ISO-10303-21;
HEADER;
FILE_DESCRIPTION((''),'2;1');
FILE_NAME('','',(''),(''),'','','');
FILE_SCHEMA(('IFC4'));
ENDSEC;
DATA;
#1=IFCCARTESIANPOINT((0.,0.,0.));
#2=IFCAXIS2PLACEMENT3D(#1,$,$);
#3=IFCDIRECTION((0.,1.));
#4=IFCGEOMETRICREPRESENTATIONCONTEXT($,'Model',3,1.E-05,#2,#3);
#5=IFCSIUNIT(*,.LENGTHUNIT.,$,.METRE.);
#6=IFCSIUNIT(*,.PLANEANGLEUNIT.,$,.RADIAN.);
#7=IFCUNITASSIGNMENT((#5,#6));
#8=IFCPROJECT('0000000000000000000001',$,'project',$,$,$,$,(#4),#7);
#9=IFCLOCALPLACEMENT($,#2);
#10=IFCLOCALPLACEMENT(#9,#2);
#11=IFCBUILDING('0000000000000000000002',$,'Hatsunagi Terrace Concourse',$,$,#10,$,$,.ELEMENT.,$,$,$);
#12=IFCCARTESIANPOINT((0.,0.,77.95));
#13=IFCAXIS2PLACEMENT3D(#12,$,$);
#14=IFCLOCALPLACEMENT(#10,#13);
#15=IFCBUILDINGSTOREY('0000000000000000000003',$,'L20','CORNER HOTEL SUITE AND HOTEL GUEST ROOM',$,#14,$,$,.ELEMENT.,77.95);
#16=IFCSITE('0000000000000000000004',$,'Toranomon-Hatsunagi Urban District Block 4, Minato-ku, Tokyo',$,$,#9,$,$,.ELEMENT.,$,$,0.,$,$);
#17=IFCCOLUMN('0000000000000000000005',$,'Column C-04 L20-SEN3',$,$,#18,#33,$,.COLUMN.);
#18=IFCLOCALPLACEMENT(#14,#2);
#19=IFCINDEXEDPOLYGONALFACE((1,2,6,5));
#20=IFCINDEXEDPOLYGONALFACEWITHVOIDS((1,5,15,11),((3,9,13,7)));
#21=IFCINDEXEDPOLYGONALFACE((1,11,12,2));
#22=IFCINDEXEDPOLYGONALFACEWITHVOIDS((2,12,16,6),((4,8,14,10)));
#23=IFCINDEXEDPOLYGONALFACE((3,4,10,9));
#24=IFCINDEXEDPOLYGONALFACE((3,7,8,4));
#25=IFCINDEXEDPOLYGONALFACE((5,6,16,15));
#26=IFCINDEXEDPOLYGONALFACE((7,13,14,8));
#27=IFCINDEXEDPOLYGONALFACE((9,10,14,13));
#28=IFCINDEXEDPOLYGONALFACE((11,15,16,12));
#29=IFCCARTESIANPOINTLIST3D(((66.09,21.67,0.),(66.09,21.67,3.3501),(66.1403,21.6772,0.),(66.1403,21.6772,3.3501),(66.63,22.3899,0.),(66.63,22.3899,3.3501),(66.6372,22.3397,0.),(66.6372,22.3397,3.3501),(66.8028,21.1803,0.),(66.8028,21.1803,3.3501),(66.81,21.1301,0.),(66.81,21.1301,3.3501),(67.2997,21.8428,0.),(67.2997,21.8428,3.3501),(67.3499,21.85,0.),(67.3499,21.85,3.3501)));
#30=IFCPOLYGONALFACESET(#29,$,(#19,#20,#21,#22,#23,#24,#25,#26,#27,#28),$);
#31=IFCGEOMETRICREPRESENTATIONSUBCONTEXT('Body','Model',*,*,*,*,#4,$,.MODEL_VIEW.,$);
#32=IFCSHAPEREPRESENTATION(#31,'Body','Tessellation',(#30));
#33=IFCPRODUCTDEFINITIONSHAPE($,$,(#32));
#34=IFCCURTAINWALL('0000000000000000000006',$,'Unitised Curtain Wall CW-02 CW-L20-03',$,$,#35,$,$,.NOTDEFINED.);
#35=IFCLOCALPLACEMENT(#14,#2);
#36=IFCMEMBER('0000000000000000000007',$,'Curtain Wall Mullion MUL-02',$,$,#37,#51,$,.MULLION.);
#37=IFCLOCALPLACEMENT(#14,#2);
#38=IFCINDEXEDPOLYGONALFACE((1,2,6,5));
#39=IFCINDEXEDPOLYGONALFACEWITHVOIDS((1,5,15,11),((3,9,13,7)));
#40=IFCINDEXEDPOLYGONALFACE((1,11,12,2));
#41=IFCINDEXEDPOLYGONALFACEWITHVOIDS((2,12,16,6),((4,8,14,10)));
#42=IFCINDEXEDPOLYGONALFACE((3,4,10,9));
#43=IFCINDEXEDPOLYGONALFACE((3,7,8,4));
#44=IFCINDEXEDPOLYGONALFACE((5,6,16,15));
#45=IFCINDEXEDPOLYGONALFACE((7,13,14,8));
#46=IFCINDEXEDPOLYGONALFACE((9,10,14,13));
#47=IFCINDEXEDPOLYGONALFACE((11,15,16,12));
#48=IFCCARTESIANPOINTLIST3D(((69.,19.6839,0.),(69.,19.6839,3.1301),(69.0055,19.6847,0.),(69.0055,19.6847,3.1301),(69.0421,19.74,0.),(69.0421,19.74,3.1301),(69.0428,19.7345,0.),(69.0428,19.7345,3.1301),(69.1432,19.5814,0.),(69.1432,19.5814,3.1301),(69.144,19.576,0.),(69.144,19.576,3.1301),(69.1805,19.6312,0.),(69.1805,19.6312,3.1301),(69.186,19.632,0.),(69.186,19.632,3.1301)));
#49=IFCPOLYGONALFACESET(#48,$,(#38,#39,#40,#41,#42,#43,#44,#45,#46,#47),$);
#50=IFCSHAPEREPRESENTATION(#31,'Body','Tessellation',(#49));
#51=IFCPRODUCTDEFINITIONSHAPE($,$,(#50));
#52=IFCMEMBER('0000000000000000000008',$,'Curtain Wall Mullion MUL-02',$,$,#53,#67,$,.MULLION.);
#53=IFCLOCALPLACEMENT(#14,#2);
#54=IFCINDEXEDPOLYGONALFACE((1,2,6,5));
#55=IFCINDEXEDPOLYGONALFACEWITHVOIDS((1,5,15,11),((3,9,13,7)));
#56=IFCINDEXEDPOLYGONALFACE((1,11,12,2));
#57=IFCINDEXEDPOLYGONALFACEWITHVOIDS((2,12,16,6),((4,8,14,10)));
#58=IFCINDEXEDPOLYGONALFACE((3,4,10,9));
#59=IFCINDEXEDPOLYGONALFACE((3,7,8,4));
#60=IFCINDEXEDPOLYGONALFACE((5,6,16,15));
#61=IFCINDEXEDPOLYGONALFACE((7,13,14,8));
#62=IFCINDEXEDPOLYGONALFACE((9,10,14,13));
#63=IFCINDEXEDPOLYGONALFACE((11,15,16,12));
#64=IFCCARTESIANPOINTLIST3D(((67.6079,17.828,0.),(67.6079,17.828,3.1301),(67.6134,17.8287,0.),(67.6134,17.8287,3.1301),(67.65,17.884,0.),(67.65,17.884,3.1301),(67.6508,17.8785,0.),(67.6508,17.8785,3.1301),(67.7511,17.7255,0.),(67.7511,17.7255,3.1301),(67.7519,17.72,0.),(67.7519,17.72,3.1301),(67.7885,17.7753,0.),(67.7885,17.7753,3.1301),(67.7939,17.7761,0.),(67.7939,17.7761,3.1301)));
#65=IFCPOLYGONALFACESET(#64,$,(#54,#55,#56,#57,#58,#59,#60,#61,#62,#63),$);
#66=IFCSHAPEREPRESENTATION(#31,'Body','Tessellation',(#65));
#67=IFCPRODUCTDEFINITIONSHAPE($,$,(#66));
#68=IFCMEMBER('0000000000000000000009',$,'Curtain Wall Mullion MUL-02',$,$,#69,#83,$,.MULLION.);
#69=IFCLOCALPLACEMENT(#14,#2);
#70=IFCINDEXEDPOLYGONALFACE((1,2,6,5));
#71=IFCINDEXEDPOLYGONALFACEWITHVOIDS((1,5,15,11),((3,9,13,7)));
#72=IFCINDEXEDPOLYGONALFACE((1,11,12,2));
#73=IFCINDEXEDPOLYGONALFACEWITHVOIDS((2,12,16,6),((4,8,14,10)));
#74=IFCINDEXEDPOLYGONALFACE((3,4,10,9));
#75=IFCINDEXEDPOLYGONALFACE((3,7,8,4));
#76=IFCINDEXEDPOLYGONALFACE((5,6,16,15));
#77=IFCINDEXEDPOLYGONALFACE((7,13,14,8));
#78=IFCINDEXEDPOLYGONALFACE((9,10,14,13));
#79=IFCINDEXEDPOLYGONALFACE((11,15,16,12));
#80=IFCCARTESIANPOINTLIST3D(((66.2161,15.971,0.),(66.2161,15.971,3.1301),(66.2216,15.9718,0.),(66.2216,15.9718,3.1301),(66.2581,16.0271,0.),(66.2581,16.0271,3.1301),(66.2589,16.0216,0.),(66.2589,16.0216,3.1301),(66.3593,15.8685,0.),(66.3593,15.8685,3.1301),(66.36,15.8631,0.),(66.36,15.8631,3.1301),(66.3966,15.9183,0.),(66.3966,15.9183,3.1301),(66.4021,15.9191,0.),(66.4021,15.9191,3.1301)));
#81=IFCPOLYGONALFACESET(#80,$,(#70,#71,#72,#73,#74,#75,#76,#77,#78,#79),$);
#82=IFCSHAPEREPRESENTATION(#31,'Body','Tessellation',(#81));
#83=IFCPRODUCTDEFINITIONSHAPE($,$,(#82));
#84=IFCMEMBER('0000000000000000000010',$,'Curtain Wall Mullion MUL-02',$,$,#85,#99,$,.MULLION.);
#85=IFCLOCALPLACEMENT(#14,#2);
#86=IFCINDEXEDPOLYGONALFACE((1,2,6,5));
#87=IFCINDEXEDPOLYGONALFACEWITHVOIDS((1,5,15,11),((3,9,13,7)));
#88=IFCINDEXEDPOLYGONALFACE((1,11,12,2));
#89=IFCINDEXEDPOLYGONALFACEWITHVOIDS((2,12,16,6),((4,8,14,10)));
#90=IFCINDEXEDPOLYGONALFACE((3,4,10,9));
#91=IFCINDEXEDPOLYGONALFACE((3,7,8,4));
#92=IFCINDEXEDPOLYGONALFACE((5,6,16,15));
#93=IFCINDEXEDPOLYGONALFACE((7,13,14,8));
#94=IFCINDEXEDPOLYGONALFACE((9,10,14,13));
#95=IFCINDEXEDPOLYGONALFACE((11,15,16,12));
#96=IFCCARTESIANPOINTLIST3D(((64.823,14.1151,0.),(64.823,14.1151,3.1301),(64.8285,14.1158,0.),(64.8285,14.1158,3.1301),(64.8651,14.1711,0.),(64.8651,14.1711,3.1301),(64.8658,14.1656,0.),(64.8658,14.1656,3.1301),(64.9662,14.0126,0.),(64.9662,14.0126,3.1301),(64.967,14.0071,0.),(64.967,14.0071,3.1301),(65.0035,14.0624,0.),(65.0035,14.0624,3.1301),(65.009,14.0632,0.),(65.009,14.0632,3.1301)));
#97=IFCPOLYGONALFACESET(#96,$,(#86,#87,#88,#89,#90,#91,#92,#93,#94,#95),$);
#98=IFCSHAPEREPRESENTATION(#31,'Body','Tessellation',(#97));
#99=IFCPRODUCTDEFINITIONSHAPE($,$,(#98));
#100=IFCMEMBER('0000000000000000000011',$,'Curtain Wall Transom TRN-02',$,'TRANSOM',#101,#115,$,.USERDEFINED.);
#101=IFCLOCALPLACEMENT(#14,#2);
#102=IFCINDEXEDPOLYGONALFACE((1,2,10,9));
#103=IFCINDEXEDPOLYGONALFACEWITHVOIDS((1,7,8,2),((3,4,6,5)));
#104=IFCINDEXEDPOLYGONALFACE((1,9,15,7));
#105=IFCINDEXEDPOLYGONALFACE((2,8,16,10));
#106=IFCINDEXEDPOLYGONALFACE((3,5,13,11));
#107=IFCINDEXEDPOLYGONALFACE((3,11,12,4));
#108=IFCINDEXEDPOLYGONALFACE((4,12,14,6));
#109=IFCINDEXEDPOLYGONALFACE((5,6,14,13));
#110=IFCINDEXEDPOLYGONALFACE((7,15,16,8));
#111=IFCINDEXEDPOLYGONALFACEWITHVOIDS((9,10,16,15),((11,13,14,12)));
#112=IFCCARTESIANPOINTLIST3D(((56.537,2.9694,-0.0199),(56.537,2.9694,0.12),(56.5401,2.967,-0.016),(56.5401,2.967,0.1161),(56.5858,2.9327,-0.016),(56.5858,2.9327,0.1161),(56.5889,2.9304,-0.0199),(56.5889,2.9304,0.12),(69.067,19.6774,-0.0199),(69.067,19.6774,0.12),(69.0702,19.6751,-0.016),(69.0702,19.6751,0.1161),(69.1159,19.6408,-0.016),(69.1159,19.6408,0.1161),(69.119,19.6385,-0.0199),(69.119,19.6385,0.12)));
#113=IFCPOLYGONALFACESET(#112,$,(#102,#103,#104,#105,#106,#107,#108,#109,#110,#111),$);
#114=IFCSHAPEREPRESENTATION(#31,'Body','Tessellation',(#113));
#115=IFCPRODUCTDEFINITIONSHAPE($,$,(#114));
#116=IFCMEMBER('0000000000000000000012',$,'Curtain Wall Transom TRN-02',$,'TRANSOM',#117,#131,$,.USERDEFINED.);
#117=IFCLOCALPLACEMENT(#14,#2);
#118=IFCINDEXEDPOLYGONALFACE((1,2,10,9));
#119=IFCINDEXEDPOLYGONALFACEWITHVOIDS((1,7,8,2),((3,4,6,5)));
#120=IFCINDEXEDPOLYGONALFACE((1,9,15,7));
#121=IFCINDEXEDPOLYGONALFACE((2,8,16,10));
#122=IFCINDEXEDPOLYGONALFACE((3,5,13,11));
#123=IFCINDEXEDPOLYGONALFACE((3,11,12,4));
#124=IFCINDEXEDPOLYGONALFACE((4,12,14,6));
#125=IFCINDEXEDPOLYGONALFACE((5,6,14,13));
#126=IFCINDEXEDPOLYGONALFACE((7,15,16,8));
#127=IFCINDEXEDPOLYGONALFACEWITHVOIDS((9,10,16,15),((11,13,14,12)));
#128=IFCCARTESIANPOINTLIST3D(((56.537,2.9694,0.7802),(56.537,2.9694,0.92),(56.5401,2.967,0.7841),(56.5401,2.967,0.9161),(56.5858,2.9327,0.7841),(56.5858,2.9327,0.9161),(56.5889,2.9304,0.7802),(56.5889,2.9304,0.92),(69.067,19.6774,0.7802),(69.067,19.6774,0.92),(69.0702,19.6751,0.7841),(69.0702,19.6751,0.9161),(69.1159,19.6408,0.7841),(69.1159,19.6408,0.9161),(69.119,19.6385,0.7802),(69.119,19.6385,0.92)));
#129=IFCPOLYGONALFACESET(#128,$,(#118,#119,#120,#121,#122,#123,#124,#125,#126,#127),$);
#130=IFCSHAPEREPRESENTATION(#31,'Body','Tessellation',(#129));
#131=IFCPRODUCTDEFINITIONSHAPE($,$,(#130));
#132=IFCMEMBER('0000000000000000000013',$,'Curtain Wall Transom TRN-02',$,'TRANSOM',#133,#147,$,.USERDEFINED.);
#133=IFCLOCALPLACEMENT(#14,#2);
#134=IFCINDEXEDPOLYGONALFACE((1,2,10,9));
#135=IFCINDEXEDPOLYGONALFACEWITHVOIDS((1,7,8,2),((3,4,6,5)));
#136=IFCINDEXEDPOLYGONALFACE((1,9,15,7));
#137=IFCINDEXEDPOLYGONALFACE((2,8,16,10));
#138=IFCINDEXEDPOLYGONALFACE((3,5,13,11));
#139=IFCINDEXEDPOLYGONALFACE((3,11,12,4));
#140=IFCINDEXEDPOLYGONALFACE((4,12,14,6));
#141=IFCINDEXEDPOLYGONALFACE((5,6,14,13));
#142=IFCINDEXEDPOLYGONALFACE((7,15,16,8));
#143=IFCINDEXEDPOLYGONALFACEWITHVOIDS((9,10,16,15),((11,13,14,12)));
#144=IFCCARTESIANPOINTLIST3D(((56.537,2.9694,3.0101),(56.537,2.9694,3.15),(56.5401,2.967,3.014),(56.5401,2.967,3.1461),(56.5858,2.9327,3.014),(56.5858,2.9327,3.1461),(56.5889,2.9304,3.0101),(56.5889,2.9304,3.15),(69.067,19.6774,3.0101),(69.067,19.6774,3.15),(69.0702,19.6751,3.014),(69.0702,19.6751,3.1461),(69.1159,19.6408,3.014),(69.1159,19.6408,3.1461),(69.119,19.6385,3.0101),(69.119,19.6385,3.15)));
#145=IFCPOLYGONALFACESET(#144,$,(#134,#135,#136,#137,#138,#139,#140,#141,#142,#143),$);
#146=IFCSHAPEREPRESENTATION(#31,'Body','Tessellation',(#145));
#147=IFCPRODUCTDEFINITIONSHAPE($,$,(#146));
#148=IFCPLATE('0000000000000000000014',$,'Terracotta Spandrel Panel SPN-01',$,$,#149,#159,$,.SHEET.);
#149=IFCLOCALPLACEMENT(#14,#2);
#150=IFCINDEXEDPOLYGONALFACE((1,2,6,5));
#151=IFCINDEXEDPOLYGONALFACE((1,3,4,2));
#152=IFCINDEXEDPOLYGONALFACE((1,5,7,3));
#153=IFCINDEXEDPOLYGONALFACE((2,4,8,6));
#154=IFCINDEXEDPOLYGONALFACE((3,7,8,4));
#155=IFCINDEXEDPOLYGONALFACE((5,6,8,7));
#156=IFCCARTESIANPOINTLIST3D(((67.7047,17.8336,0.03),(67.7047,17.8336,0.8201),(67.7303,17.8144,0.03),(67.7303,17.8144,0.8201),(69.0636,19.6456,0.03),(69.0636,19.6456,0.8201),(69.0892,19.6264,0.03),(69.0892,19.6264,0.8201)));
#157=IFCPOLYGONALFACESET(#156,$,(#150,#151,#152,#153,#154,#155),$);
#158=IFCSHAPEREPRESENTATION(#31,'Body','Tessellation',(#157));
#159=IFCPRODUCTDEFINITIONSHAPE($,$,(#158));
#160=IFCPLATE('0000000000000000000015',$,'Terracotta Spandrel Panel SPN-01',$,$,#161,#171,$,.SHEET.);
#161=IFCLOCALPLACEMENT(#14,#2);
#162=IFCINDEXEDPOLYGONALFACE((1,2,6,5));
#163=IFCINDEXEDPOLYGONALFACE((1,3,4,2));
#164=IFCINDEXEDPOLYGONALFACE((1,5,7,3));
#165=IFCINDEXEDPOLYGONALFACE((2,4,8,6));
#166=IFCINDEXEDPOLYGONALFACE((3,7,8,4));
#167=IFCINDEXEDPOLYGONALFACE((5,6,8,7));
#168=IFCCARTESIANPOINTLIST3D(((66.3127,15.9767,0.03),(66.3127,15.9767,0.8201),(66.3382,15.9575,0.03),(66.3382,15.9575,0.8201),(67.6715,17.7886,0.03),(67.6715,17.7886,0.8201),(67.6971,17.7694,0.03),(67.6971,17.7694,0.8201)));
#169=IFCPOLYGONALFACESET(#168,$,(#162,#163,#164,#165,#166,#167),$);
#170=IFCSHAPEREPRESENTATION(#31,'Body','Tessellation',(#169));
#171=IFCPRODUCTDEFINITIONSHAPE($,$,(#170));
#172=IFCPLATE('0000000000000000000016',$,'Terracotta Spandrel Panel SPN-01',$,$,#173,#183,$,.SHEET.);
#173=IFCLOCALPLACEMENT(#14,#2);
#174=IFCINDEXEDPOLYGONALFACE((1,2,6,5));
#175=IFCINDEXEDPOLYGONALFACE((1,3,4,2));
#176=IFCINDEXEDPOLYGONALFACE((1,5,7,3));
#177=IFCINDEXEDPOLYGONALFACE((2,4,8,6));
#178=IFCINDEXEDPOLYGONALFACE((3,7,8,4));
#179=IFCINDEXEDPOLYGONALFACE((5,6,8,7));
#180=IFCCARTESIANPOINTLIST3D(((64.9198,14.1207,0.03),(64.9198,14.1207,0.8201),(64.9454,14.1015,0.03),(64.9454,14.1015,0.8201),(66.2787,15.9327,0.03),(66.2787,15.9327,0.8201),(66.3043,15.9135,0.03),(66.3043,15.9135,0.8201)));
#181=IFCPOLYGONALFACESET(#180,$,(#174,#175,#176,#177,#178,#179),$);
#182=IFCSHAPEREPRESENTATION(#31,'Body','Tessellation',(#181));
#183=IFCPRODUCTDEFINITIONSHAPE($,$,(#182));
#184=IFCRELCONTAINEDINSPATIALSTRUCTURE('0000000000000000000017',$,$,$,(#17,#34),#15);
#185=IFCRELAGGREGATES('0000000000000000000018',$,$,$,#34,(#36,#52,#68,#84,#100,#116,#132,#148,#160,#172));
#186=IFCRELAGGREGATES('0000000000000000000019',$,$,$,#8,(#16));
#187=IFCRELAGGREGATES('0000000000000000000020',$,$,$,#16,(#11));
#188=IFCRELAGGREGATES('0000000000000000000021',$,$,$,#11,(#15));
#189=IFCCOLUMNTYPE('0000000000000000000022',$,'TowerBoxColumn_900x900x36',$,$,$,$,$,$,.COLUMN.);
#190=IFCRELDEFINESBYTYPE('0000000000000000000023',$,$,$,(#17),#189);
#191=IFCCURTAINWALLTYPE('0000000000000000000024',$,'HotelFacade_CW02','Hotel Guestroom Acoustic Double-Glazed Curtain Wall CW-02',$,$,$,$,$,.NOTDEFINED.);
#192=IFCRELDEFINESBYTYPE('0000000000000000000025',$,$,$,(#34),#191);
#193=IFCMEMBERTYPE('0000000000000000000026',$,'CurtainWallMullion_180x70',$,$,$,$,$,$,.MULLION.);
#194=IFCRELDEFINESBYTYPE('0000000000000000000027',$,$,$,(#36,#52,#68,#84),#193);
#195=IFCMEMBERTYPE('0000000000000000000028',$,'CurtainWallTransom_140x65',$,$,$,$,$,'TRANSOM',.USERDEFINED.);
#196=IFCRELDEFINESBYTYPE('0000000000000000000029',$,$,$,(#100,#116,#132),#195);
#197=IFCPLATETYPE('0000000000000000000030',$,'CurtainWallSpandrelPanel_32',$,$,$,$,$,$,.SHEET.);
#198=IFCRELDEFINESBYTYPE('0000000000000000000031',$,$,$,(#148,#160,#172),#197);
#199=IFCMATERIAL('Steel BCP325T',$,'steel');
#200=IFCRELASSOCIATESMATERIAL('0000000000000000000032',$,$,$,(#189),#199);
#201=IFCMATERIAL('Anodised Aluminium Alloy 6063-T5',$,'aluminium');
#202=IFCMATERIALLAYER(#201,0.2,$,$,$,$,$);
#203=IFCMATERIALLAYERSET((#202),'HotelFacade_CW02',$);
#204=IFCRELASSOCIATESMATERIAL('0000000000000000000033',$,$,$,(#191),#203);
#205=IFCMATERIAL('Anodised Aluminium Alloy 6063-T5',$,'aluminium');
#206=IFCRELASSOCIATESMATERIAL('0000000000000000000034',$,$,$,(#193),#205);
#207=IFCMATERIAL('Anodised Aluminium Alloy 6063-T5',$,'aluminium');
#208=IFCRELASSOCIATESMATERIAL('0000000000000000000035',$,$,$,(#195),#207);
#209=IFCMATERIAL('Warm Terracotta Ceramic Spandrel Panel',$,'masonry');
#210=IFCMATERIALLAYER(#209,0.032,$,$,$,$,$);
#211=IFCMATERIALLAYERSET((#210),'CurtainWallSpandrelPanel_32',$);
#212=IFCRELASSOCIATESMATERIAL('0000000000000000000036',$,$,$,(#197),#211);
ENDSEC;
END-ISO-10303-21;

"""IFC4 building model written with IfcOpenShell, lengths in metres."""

from ifc_helpers import new_model, si_unit, direction, frame, origin, origin_2d, place, context, subcontext, project, spatial, rectangle, hollow_rectangle, extrude, material, layer, layer_set, material_profile, profile_set, type_object, element, aggregate, save


model = new_model("IFC4")

# Units and contexts
model_context = context("Model", 3, precision=1e-05, world=origin(), true_north=direction((0.0, 1.0)))
body_context = subcontext(model_context, "Body", "Model", "MODEL_VIEW")
ifc_project = project(units=[si_unit("LENGTHUNIT", "METRE"), si_unit("PLANEANGLEUNIT", "RADIAN")], contexts=[model_context])

# Site, building, storey
site_placement = place(None, origin())
site = spatial("IfcSite", under=ifc_project, at=site_placement, Name="Toranomon-Hatsunagi Urban District Block 4, Minato-ku, Tokyo", CompositionType="ELEMENT", RefElevation=0.0)
building_placement = place(site_placement, origin())
building = spatial("IfcBuilding", under=site, at=building_placement, Name="Hatsunagi Terrace Concourse", CompositionType="ELEMENT")
storey_placement = place(building_placement, frame((0.0, 0.0, 77.95)))
storey = spatial("IfcBuildingStorey", under=building, at=storey_placement, Name="L20", Description="CORNER HOTEL SUITE AND HOTEL GUEST ROOM", CompositionType="ELEMENT", Elevation=77.95)

# Column
ifc_material_1 = material(Name="Steel BCP325T", Category="steel")
ifc_material_profile_1 = material_profile(ifc_material_1, hollow_rectangle(XDim=0.8999, YDim=0.8999, WallThickness=0.0359, at=origin_2d()), Name="BCP-900x900x36")
ifc_profile_set_1 = profile_set([ifc_material_profile_1], Name="Steel BCP325T")
column_type = type_object("IfcColumnType", Name="TowerBoxColumn_900x900x36", PredefinedType="COLUMN", material=ifc_profile_set_1)
column_placement = place(storey_placement, frame((66.72, 21.76, 0.0), z_axis=(0.0, 0.0, 1.0), x_axis=(0.8, -0.6, 0.0)))
element("IfcColumn", 1, at=column_placement, inside=storey, type_object=column_type, Name="Column C-04 L20-SEN3", PredefinedType="COLUMN", context=body_context, shape_type="SweptSolid", body=[
    extrude(hollow_rectangle(XDim=0.8999, YDim=0.8999, WallThickness=0.0359, at=origin_2d()), origin(), (0.0, 0.0, 1.0), 3.3501),
])

# Curtain wall, members, plates
ifc_material_2 = material(Name="Anodised Aluminium Alloy 6063-T5", Category="aluminium")
ifc_layer_1 = layer(ifc_material_2, 0.2)
ifc_layer_set_1 = layer_set([ifc_layer_1], Name="HotelFacade_CW02")
curtain_wall_type = type_object("IfcCurtainWallType", Name="HotelFacade_CW02", Description="Hotel Guestroom Acoustic Double-Glazed Curtain Wall CW-02", PredefinedType="NOTDEFINED", material=ifc_layer_set_1)
curtain_wall_placement = place(storey_placement, origin())
curtain_wall = element("IfcCurtainWall", 2, at=curtain_wall_placement, inside=storey, type_object=curtain_wall_type, Name="Unitised Curtain Wall CW-02 CW-L20-03", PredefinedType="NOTDEFINED")
ifc_material_3 = material(Name="Anodised Aluminium Alloy 6063-T5", Category="aluminium")
ifc_material_profile_2 = material_profile(ifc_material_3, hollow_rectangle(XDim=0.0701, YDim=0.1799, WallThickness=0.0039, at=origin_2d()), Name="ALU-MUL-180x70x4")
ifc_profile_set_2 = profile_set([ifc_material_profile_2], Name="Anodised Aluminium Alloy 6063-T5")
member_type_1 = type_object("IfcMemberType", Name="CurtainWallMullion_180x70", PredefinedType="MULLION", material=ifc_profile_set_2)
member_1_placement = place(storey_placement, frame((69.093, 19.658, 0.0), z_axis=(0.0, 0.0, 1.0), x_axis=(-0.599969, -0.800023, 0.0)))
member_1 = element("IfcMember", 3, at=member_1_placement, type_object=member_type_1, Name="Curtain Wall Mullion MUL-02", PredefinedType="MULLION", context=body_context, shape_type="SweptSolid", body=[
    extrude(hollow_rectangle(XDim=0.0701, YDim=0.1799, WallThickness=0.0039, at=origin_2d()), origin(), (0.0, 0.0, 1.0), 3.1301),
])
member_2_placement = place(storey_placement, frame((67.7009, 17.802, 0.0), z_axis=(0.0, 0.0, 1.0), x_axis=(-0.599969, -0.800023, 0.0)))
member_2 = element("IfcMember", 4, at=member_2_placement, type_object=member_type_1, Name="Curtain Wall Mullion MUL-02", PredefinedType="MULLION", context=body_context, shape_type="SweptSolid", body=[
    extrude(hollow_rectangle(XDim=0.0701, YDim=0.1799, WallThickness=0.0039, at=origin_2d()), origin(), (0.0, 0.0, 1.0), 3.1301),
])
member_3_placement = place(storey_placement, frame((66.3091, 15.9451, 0.0), z_axis=(0.0, 0.0, 1.0), x_axis=(-0.599969, -0.800023, 0.0)))
member_3 = element("IfcMember", 5, at=member_3_placement, type_object=member_type_1, Name="Curtain Wall Mullion MUL-02", PredefinedType="MULLION", context=body_context, shape_type="SweptSolid", body=[
    extrude(hollow_rectangle(XDim=0.0701, YDim=0.1799, WallThickness=0.0039, at=origin_2d()), origin(), (0.0, 0.0, 1.0), 3.1301),
])
member_4_placement = place(storey_placement, frame((64.916, 14.0891, 0.0), z_axis=(0.0, 0.0, 1.0), x_axis=(-0.599969, -0.800023, 0.0)))
member_4 = element("IfcMember", 6, at=member_4_placement, type_object=member_type_1, Name="Curtain Wall Mullion MUL-02", PredefinedType="MULLION", context=body_context, shape_type="SweptSolid", body=[
    extrude(hollow_rectangle(XDim=0.0701, YDim=0.1799, WallThickness=0.0039, at=origin_2d()), origin(), (0.0, 0.0, 1.0), 3.1301),
])
ifc_material_4 = material(Name="Anodised Aluminium Alloy 6063-T5", Category="aluminium")
ifc_material_profile_3 = material_profile(ifc_material_4, hollow_rectangle(XDim=0.0649, YDim=0.1399, WallThickness=0.0039, at=origin_2d()), Name="ALU-TRN-140x65x4")
ifc_profile_set_3 = profile_set([ifc_material_profile_3], Name="Anodised Aluminium Alloy 6063-T5")
member_type_2 = type_object("IfcMemberType", Name="CurtainWallTransom_140x65", ElementType="TRANSOM", PredefinedType="USERDEFINED", material=ifc_profile_set_3)
member_5_placement = place(storey_placement, frame((69.093, 19.658, 0.05), z_axis=(-0.59997, -0.800022, 0.0), x_axis=(0.800022, -0.59997, 0.0)))
member_5 = element("IfcMember", 7, at=member_5_placement, type_object=member_type_2, Name="Curtain Wall Transom TRN-02", ObjectType="TRANSOM", PredefinedType="USERDEFINED", context=body_context, shape_type="SweptSolid", body=[
    extrude(hollow_rectangle(XDim=0.0649, YDim=0.1399, WallThickness=0.0039, at=origin_2d()), origin(), (0.0, 0.0, 1.0), 20.8845),
])
member_6_placement = place(storey_placement, frame((69.093, 19.658, 0.8501), z_axis=(-0.59997, -0.800022, 0.0), x_axis=(0.800022, -0.59997, 0.0)))
member_6 = element("IfcMember", 8, at=member_6_placement, type_object=member_type_2, Name="Curtain Wall Transom TRN-02", ObjectType="TRANSOM", PredefinedType="USERDEFINED", context=body_context, shape_type="SweptSolid", body=[
    extrude(hollow_rectangle(XDim=0.0649, YDim=0.1399, WallThickness=0.0039, at=origin_2d()), origin(), (0.0, 0.0, 1.0), 20.8845),
])
member_7_placement = place(storey_placement, frame((69.093, 19.658, 3.0801), z_axis=(-0.59997, -0.800022, 0.0), x_axis=(0.800022, -0.59997, 0.0)))
member_7 = element("IfcMember", 9, at=member_7_placement, type_object=member_type_2, Name="Curtain Wall Transom TRN-02", ObjectType="TRANSOM", PredefinedType="USERDEFINED", context=body_context, shape_type="SweptSolid", body=[
    extrude(hollow_rectangle(XDim=0.0649, YDim=0.1399, WallThickness=0.0039, at=origin_2d()), origin(), (0.0, 0.0, 1.0), 20.8845),
])
ifc_material_5 = material(Name="Warm Terracotta Ceramic Spandrel Panel", Category="masonry")
ifc_layer_2 = layer(ifc_material_5, 0.032)
ifc_layer_set_2 = layer_set([ifc_layer_2], Name="CurtainWallSpandrelPanel_32")
plate_type_1 = type_object("IfcPlateType", Name="CurtainWallSpandrelPanel_32", PredefinedType="SHEET", material=ifc_layer_set_2)
plate_1_placement = place(storey_placement, frame((68.397, 18.73, 0.03), z_axis=(0.0, 0.0, 1.0), x_axis=(-0.599969, -0.800023, 0.0)))
plate_1 = element("IfcPlate", 10, at=plate_1_placement, type_object=plate_type_1, Name="Terracotta Spandrel Panel SPN-01", PredefinedType="SHEET", context=body_context, shape_type="SweptSolid", body=[
    extrude(rectangle(XDim=2.2649, YDim=0.032, at=origin_2d()), origin(), (0.0, 0.0, 1.0), 0.79),
])
plate_2_placement = place(storey_placement, frame((67.0049, 16.873, 0.03), z_axis=(0.0, 0.0, 1.0), x_axis=(-0.599969, -0.800023, 0.0)))
plate_2 = element("IfcPlate", 11, at=plate_2_placement, type_object=plate_type_1, Name="Terracotta Spandrel Panel SPN-01", PredefinedType="SHEET", context=body_context, shape_type="SweptSolid", body=[
    extrude(rectangle(XDim=2.2649, YDim=0.032, at=origin_2d()), origin(), (0.0, 0.0, 1.0), 0.79),
])
plate_3_placement = place(storey_placement, frame((65.6121, 15.0171, 0.03), z_axis=(0.0, 0.0, 1.0), x_axis=(-0.599969, -0.800023, 0.0)))
plate_3 = element("IfcPlate", 12, at=plate_3_placement, type_object=plate_type_1, Name="Terracotta Spandrel Panel SPN-01", PredefinedType="SHEET", context=body_context, shape_type="SweptSolid", body=[
    extrude(rectangle(XDim=2.2649, YDim=0.032, at=origin_2d()), origin(), (0.0, 0.0, 1.0), 0.79),
])
aggregate(curtain_wall, [member_1, member_2, member_3, member_4, member_5, member_6, member_7, plate_1, plate_2, plate_3])

save(model, "model.ifc")
